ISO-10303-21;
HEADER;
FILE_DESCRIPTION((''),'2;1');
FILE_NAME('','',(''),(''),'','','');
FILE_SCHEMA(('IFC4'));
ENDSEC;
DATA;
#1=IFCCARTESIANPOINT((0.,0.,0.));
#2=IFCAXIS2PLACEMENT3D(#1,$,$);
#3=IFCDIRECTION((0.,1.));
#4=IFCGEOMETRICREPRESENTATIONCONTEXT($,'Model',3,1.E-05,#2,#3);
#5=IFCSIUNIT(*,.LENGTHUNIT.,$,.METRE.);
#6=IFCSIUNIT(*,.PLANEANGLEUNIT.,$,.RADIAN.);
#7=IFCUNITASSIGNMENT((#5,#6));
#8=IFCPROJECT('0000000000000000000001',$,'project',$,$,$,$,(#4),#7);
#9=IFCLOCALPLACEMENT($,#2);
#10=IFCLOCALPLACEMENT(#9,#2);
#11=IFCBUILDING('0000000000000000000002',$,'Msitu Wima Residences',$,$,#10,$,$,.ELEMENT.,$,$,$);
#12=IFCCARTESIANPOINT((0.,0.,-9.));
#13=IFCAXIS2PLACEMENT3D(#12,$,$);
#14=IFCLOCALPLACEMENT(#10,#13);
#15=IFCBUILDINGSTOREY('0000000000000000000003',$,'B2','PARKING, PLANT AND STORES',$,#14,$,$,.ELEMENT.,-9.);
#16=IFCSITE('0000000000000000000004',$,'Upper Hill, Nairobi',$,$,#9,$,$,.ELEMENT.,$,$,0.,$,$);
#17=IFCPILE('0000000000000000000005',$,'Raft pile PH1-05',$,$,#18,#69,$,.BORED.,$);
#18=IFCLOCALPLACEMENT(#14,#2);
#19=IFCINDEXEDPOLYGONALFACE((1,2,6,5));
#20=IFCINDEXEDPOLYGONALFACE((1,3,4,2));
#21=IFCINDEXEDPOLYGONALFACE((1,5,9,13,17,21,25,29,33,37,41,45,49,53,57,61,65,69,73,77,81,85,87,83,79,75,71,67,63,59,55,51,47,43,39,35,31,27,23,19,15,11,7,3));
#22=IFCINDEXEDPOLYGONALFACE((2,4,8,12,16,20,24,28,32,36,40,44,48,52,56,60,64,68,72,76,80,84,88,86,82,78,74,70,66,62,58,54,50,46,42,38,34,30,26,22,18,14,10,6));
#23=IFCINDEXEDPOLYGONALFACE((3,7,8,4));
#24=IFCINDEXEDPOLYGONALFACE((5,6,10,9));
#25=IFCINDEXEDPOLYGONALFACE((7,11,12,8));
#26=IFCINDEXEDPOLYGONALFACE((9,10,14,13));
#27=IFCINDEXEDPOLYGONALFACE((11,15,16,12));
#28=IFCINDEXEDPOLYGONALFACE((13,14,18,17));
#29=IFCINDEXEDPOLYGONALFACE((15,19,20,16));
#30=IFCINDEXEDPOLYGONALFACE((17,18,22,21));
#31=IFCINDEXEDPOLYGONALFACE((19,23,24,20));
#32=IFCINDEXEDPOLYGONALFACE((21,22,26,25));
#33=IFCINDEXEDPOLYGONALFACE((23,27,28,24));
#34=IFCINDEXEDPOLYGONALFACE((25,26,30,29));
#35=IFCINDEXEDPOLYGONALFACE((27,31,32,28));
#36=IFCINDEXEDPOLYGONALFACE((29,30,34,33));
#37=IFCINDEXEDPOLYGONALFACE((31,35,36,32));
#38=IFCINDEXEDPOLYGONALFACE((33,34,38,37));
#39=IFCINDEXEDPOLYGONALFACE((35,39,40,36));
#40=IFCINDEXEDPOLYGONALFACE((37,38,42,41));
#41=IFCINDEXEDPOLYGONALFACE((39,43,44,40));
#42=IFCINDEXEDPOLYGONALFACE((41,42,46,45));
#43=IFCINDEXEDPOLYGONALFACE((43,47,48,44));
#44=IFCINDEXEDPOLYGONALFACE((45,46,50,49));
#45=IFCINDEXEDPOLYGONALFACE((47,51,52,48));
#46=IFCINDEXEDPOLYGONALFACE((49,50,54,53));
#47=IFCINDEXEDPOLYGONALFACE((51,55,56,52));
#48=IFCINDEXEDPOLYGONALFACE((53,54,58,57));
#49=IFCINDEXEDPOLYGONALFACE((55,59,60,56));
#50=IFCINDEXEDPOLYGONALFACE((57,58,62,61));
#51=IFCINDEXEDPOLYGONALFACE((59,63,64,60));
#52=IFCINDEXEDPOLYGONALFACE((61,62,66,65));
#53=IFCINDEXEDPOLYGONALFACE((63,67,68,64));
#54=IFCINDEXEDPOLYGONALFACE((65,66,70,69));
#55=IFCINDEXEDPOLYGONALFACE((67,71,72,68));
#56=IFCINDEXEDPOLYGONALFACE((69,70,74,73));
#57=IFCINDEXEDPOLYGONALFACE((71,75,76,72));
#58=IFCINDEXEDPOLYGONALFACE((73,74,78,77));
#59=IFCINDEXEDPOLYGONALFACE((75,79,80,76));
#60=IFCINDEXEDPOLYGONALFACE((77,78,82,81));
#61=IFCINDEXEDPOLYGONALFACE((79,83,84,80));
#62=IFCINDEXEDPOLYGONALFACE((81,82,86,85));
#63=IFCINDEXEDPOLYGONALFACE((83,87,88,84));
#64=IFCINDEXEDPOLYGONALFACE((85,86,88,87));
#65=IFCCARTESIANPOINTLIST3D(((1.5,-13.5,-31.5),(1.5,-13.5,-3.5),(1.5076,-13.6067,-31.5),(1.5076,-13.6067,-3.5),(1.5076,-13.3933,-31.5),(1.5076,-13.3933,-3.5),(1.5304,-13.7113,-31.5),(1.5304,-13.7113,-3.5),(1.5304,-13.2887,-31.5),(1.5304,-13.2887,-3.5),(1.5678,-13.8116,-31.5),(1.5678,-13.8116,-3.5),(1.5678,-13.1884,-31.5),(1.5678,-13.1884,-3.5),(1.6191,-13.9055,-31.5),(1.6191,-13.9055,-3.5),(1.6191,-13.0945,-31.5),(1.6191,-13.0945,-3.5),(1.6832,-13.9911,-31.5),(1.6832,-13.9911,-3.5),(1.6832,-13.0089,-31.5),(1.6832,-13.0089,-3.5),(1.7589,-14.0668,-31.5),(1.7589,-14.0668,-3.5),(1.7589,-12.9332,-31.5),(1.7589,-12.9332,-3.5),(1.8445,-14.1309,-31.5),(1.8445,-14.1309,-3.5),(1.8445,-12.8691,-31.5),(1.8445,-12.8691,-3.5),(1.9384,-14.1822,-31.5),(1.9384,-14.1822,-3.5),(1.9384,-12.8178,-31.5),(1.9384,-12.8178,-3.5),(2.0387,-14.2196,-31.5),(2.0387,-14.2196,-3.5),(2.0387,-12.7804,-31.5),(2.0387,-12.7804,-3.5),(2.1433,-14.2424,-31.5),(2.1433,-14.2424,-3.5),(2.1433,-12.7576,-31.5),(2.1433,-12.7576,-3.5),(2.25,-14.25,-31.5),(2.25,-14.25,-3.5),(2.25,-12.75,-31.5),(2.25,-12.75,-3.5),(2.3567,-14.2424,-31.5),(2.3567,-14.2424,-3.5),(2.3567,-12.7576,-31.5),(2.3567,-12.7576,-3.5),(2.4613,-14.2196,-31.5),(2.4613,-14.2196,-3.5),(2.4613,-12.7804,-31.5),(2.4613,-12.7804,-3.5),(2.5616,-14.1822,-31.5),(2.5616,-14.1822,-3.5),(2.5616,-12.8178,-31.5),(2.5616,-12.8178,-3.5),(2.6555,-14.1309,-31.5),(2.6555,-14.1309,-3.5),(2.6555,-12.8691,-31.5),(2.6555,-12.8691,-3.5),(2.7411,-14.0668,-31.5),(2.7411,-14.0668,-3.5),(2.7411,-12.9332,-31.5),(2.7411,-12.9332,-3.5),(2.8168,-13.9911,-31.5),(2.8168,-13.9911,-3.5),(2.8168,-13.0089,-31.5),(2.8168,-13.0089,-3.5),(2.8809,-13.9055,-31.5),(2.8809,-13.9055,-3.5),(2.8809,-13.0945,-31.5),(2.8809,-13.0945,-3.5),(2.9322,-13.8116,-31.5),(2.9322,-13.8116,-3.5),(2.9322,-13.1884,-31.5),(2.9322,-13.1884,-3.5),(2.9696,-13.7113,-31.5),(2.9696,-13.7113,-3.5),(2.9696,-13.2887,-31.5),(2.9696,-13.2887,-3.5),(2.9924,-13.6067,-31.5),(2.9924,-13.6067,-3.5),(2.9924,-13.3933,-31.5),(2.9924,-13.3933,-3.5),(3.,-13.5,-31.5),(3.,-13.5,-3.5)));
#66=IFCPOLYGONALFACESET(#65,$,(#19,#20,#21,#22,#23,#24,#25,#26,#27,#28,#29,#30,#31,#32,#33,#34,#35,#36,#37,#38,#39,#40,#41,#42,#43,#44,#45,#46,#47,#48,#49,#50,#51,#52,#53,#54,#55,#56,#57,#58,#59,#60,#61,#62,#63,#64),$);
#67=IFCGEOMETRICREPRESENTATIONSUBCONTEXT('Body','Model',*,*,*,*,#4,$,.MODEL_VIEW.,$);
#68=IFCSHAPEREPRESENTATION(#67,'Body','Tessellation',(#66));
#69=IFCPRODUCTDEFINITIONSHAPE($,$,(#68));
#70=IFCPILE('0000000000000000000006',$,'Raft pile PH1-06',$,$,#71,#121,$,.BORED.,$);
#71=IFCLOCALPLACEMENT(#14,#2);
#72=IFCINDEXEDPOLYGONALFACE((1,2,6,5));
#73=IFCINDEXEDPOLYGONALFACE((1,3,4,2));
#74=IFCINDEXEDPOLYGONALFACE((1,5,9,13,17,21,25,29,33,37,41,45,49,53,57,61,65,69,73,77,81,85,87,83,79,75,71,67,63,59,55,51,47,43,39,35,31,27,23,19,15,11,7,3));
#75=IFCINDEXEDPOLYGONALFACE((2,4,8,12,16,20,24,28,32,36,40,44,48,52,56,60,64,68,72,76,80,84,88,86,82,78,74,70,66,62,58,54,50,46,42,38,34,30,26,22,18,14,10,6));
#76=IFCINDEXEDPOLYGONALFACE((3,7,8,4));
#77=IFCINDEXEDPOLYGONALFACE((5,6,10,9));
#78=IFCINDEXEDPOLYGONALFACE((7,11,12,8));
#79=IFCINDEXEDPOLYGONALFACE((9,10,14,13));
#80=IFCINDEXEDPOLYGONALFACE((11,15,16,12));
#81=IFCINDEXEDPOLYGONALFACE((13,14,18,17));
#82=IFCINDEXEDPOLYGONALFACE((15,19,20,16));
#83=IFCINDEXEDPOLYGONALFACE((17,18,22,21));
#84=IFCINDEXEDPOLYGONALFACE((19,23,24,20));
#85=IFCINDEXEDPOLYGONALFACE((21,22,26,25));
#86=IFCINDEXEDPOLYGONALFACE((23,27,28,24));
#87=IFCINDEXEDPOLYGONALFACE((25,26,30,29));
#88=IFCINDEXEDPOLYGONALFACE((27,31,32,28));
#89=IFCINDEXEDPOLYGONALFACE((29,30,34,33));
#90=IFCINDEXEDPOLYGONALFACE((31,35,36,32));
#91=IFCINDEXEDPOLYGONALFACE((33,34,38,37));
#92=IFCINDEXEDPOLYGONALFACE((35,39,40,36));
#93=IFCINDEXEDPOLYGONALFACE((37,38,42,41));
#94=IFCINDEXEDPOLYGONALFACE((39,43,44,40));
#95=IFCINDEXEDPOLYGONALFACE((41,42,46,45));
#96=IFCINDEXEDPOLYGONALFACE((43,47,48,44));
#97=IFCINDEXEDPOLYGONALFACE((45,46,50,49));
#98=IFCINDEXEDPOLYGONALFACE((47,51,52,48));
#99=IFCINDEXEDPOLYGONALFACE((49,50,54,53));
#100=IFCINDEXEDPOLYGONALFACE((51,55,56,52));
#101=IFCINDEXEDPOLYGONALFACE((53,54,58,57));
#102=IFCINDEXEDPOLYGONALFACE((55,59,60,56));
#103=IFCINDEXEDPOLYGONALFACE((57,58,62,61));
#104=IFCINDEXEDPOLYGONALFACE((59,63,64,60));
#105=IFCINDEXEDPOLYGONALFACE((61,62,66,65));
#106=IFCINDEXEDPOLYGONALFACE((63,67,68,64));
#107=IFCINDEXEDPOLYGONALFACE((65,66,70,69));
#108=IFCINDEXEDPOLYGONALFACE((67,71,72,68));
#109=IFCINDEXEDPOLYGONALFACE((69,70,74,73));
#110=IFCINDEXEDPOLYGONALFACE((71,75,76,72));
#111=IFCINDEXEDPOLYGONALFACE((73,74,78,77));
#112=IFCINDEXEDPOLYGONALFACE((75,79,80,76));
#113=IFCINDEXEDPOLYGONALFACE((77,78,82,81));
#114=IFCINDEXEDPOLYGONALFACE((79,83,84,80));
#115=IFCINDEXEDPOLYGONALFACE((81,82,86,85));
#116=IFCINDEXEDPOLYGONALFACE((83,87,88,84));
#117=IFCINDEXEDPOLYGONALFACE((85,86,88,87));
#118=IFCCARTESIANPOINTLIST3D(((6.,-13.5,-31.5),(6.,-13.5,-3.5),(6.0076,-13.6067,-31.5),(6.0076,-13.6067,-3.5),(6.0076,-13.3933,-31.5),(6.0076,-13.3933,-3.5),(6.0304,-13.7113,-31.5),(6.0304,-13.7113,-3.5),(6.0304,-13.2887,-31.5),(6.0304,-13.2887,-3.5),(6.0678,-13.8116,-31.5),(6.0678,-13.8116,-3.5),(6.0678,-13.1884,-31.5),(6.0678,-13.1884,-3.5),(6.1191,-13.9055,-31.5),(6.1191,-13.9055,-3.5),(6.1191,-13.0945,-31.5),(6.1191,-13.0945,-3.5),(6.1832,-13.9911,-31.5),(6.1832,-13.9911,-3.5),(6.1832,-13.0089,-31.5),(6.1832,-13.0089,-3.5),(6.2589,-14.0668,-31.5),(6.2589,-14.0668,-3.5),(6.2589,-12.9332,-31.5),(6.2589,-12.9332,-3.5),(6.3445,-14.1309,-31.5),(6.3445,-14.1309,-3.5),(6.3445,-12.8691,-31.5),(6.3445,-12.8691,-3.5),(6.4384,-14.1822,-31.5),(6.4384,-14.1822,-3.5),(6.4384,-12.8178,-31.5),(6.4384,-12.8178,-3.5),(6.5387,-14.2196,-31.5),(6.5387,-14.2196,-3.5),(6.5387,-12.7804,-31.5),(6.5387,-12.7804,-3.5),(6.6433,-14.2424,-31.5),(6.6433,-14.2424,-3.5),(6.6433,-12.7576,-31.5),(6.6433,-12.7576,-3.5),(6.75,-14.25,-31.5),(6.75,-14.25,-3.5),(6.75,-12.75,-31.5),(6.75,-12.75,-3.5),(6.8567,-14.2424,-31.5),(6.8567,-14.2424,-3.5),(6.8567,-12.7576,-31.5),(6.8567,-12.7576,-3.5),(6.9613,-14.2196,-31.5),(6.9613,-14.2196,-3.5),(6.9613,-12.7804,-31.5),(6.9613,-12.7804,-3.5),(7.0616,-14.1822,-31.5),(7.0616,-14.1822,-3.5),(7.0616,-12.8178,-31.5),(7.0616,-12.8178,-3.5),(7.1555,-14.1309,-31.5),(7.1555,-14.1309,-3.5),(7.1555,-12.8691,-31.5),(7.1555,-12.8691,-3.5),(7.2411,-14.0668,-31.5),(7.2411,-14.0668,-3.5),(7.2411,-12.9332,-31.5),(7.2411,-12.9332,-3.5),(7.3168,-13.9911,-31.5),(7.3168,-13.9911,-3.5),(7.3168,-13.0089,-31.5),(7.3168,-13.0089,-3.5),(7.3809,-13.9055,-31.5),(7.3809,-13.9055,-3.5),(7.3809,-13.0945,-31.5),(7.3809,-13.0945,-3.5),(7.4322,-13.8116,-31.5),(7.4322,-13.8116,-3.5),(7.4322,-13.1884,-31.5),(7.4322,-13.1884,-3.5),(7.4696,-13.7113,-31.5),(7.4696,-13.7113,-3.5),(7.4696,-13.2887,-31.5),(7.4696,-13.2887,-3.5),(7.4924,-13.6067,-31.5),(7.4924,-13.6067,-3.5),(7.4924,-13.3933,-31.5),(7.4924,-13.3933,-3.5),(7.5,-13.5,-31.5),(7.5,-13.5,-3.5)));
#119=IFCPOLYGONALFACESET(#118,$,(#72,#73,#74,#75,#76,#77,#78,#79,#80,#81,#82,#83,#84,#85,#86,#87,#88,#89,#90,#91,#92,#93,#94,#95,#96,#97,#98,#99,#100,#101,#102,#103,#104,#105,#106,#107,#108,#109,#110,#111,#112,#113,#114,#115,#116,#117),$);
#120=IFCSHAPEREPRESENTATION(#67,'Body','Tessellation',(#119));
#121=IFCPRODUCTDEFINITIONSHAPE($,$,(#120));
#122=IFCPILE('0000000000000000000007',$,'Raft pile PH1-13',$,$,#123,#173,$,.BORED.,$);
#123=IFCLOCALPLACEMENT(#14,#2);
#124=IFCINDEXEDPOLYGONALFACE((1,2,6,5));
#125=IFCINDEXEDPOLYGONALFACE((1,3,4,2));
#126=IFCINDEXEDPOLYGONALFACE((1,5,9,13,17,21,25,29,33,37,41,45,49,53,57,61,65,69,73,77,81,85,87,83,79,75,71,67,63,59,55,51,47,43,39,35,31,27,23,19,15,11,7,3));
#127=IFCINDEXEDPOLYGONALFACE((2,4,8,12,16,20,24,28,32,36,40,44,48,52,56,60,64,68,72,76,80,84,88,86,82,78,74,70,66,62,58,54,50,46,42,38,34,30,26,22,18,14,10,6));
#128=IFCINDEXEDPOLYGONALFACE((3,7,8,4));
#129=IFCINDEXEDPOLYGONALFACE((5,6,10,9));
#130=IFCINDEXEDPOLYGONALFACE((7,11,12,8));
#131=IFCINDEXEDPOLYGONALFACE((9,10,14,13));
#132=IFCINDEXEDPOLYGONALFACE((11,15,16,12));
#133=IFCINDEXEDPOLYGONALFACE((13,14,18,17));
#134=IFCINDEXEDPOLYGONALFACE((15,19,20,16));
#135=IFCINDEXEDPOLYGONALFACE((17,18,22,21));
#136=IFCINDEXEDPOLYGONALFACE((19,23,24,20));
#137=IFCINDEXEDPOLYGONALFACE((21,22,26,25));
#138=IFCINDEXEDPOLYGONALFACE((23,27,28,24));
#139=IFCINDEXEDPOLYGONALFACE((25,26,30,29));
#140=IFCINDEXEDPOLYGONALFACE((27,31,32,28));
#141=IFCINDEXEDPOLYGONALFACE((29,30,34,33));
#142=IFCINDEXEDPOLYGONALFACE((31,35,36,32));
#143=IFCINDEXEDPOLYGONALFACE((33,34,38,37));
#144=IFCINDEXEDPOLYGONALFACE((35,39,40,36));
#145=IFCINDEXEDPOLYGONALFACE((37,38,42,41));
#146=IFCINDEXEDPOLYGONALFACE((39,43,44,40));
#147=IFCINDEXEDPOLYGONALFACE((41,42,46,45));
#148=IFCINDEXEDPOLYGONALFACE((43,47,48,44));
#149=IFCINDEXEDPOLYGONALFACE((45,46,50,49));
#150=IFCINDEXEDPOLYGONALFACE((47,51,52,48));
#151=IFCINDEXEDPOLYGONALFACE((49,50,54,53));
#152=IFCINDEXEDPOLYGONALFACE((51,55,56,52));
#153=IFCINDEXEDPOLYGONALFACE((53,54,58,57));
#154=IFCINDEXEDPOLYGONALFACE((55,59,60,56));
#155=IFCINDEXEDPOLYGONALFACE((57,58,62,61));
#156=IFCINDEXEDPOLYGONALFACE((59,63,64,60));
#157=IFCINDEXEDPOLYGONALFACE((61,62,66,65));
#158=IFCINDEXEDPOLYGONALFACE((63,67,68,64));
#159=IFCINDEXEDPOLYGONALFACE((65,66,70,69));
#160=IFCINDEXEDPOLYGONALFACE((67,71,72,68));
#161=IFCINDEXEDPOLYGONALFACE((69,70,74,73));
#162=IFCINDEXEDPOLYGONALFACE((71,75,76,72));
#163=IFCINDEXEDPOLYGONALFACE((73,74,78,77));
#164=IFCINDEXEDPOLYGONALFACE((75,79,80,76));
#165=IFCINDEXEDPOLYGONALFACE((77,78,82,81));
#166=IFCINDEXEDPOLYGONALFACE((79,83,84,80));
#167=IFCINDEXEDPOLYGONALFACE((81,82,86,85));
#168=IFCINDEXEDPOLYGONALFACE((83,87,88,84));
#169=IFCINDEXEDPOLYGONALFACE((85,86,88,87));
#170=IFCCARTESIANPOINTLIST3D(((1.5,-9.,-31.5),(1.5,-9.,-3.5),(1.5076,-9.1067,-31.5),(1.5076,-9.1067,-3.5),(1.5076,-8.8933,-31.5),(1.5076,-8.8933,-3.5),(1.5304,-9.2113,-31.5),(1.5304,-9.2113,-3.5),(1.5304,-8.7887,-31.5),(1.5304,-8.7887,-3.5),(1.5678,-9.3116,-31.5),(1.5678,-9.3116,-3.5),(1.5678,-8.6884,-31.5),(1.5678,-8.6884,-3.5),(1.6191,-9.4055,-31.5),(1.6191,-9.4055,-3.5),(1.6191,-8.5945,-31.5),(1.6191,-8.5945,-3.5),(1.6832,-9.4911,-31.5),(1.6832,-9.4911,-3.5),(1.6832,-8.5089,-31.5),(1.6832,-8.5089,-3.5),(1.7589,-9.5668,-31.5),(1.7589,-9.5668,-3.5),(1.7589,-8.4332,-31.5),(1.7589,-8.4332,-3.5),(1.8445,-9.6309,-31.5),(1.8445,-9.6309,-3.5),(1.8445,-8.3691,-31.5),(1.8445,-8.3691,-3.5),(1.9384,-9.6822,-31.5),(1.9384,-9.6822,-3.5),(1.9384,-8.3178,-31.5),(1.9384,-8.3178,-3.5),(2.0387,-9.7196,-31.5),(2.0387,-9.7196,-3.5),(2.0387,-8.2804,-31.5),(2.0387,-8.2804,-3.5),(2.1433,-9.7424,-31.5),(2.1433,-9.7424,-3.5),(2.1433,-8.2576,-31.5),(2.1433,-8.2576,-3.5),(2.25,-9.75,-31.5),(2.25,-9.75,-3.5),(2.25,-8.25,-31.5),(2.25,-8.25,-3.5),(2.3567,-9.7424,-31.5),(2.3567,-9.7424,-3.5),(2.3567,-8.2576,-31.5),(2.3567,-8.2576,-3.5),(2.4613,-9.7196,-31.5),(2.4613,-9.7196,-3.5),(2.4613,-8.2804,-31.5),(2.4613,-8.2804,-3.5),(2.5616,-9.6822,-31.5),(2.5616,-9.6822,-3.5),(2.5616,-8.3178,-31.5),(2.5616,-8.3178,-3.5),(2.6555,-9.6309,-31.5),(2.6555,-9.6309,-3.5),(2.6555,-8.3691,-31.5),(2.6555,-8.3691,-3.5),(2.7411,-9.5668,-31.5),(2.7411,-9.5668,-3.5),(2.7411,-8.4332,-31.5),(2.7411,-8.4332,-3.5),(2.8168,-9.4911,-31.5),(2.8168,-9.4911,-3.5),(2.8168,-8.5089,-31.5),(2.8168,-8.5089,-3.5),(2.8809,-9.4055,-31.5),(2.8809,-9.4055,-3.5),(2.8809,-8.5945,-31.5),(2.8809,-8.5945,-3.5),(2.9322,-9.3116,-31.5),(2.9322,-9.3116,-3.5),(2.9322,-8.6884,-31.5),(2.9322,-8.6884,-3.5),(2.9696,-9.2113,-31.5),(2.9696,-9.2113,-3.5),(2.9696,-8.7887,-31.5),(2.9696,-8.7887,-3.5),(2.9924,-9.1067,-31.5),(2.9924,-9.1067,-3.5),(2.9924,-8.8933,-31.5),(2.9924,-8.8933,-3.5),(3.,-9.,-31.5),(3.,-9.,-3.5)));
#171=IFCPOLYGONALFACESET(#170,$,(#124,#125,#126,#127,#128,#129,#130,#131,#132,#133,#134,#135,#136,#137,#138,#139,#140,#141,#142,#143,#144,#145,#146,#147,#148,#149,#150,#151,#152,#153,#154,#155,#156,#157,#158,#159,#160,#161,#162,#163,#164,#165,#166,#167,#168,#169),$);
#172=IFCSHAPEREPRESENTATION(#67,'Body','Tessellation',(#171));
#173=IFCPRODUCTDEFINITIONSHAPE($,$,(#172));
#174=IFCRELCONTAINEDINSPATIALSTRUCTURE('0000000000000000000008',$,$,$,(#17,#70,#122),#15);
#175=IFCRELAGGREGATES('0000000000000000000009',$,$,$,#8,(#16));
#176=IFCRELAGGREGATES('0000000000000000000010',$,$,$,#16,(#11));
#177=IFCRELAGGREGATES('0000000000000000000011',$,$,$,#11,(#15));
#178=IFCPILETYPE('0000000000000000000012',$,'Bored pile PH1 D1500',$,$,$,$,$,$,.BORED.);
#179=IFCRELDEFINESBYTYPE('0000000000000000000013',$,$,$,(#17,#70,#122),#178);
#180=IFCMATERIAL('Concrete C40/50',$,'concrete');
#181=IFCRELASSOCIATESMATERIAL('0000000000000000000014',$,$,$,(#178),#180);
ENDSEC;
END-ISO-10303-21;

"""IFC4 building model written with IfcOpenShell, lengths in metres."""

from ifc_helpers import new_model, si_unit, direction, frame, origin, origin_2d, place, context, subcontext, project, spatial, circle, extrude, material, type_object, element, save


model = new_model("IFC4")

# Units and contexts
model_context = context("Model", 3, precision=1e-05, world=origin(), true_north=direction((0.0, 1.0)))
body_context = subcontext(model_context, "Body", "Model", "MODEL_VIEW")
ifc_project = project(units=[si_unit("LENGTHUNIT", "METRE"), si_unit("PLANEANGLEUNIT", "RADIAN")], contexts=[model_context])

# Site, building, storey
site_placement = place(None, origin())
site = spatial("IfcSite", under=ifc_project, at=site_placement, Name="Upper Hill, Nairobi", CompositionType="ELEMENT", RefElevation=0.0)
building_placement = place(site_placement, origin())
building = spatial("IfcBuilding", under=site, at=building_placement, Name="Msitu Wima Residences", CompositionType="ELEMENT")
storey_placement = place(building_placement, frame((0.0, 0.0, -9.0)))
storey = spatial("IfcBuildingStorey", under=building, at=storey_placement, Name="B2", Description="PARKING, PLANT AND STORES", CompositionType="ELEMENT", Elevation=-9.0)

# Piles
ifc_material_1 = material(Name="Concrete C40/50", Category="concrete")
pile_type = type_object("IfcPileType", Name="Bored pile PH1 D1500", PredefinedType="BORED", material=ifc_material_1)
for number, where, z_axis, x_axis, name in (
    (1, (2.25, -13.5, -3.5), (0.0, 0.0, -1.0), (1.0, 0.0, 0.0), "Raft pile PH1-05"),
    (2, (6.75, -13.5, -3.5), (0.0, 0.0, -1.0), (1.0, 0.0, 0.0), "Raft pile PH1-06"),
    (3, (2.25, -9.0, -3.5), (0.0, 0.0, -1.0), (1.0, 0.0, 0.0), "Raft pile PH1-13"),
):
    element("IfcPile", number, at=place(storey_placement, frame(where, z_axis=z_axis, x_axis=x_axis)), inside=storey, type_object=pile_type, Name=name, PredefinedType="BORED", context=body_context, shape_type="SweptSolid", body=[
        extrude(circle(Radius=0.75, at=origin_2d()), origin(), (0.0, 0.0, 1.0), 28.0),
    ])

save(model, "model.ifc")
